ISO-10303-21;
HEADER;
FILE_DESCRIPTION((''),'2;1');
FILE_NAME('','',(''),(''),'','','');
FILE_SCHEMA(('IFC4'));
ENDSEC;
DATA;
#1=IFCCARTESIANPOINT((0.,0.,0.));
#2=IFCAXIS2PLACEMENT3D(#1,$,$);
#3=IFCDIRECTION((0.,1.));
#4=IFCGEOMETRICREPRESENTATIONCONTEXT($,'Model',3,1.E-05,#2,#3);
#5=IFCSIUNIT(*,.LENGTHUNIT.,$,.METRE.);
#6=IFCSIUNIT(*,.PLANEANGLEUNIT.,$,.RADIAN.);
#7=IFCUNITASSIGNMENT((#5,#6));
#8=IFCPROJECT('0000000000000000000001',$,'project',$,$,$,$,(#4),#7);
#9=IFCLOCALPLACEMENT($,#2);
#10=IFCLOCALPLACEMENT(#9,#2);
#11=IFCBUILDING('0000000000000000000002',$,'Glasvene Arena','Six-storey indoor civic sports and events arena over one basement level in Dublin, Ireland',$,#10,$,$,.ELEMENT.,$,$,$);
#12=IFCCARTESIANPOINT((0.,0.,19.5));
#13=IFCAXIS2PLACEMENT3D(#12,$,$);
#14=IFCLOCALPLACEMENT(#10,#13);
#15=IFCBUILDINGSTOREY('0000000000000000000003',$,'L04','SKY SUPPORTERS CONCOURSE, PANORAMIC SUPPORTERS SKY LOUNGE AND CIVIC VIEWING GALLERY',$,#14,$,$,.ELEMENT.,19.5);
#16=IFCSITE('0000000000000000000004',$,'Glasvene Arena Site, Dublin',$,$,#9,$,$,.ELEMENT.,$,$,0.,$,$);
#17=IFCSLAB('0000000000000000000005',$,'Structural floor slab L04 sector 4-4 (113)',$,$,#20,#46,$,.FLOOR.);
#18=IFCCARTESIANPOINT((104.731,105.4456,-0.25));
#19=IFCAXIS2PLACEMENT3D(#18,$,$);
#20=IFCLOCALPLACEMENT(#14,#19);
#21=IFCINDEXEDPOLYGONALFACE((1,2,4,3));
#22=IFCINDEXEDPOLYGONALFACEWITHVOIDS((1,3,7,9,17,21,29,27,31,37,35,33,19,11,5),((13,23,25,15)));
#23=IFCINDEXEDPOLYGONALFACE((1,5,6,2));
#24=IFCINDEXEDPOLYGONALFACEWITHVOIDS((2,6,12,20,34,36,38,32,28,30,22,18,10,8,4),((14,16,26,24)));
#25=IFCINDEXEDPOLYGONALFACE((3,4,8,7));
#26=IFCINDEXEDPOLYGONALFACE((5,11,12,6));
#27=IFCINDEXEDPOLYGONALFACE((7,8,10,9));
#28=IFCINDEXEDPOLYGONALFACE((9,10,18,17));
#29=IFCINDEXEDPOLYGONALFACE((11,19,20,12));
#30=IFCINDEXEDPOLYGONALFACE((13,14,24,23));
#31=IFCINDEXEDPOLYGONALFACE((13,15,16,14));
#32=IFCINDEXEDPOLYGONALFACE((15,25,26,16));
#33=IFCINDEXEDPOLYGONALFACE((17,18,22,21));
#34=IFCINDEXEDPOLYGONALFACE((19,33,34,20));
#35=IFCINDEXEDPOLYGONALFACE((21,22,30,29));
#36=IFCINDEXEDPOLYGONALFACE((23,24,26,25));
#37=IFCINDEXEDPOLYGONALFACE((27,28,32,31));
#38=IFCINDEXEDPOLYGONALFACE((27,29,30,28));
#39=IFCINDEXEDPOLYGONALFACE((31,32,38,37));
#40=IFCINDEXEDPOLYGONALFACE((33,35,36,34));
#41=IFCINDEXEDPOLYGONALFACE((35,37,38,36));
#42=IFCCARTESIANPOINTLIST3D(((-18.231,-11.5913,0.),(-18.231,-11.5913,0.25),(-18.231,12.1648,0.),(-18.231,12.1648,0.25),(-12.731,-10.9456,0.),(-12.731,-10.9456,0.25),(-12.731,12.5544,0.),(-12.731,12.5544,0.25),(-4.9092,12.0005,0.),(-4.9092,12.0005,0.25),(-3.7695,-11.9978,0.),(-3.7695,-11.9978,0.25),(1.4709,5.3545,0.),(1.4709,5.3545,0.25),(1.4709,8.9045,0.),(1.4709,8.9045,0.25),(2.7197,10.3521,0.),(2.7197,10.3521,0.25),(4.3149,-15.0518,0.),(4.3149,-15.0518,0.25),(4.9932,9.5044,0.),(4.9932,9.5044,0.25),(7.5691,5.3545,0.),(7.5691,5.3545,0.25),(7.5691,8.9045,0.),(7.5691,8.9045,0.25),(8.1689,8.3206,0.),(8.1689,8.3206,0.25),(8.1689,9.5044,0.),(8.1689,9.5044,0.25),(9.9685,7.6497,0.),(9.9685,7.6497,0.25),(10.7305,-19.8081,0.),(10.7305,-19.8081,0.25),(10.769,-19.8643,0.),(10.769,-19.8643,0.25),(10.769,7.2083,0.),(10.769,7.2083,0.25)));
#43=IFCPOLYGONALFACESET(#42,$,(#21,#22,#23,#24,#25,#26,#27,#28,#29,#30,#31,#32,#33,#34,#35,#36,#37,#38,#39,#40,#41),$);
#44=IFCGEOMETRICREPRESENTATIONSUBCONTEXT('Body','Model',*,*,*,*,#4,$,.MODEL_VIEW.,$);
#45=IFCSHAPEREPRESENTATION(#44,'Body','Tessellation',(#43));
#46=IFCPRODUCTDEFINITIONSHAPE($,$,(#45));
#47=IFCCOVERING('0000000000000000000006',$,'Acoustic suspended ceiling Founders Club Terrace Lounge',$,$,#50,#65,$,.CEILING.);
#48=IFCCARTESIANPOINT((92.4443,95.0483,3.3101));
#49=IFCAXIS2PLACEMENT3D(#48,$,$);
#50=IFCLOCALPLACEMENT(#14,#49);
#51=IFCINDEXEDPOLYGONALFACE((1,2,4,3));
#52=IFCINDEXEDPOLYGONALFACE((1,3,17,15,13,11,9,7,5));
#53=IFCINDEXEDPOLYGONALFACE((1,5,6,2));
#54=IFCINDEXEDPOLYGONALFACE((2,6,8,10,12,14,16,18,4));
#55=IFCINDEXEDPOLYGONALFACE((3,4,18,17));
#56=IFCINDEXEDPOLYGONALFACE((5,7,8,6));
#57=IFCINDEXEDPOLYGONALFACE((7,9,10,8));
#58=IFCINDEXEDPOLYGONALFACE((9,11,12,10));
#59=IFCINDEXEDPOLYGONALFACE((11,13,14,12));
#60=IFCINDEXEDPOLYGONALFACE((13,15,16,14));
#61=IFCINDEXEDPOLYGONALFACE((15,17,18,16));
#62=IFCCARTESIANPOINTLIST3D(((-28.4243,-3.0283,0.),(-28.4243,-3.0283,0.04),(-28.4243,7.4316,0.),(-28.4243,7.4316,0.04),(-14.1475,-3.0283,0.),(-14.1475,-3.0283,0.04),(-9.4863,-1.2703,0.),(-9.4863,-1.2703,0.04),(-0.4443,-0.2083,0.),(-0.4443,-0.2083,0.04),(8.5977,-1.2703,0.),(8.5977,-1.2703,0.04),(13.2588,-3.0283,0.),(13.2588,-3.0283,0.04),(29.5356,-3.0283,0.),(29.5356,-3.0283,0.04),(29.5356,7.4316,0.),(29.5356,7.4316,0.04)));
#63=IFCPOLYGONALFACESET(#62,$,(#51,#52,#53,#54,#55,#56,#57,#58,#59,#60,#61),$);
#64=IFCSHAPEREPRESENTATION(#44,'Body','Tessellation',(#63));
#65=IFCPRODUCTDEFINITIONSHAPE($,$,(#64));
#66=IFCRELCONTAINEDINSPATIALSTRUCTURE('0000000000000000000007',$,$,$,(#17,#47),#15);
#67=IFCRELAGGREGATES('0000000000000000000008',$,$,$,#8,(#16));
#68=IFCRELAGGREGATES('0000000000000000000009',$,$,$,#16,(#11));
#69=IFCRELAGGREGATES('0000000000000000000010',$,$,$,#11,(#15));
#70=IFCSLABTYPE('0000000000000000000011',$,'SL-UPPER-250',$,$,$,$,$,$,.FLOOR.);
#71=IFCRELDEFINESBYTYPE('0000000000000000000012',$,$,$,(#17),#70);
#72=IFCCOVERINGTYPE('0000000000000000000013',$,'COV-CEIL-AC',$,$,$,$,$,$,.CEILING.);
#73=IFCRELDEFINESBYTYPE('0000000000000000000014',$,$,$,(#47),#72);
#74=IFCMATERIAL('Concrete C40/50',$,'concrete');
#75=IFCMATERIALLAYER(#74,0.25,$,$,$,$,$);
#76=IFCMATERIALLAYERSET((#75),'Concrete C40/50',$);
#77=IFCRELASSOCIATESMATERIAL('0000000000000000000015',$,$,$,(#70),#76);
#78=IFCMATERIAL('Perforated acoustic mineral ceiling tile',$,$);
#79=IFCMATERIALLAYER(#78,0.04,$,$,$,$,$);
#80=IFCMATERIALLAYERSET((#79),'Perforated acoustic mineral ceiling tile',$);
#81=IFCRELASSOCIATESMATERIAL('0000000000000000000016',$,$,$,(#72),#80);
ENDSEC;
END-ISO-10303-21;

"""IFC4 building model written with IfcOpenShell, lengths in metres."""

from ifc_helpers import new_model, si_unit, direction, frame, origin, place, context, subcontext, project, spatial, polyline, outline, extrude, material, layer, layer_set, type_object, element, save


model = new_model("IFC4")

# Units and contexts
model_context = context("Model", 3, precision=1e-05, world=origin(), true_north=direction((0.0, 1.0)))
body_context = subcontext(model_context, "Body", "Model", "MODEL_VIEW")
ifc_project = project(units=[si_unit("LENGTHUNIT", "METRE"), si_unit("PLANEANGLEUNIT", "RADIAN")], contexts=[model_context])

# Site, building, storey
site_placement = place(None, origin())
site = spatial("IfcSite", under=ifc_project, at=site_placement, Name="Glasvene Arena Site, Dublin", CompositionType="ELEMENT", RefElevation=0.0)
building_placement = place(site_placement, origin())
building = spatial("IfcBuilding", under=site, at=building_placement, Name="Glasvene Arena", Description="Six-storey indoor civic sports and events arena over one basement level in Dublin, Ireland", CompositionType="ELEMENT")
storey_placement = place(building_placement, frame((0.0, 0.0, 19.5)))
storey = spatial("IfcBuildingStorey", under=building, at=storey_placement, Name="L04", Description="SKY SUPPORTERS CONCOURSE, PANORAMIC SUPPORTERS SKY LOUNGE AND CIVIC VIEWING GALLERY", CompositionType="ELEMENT", Elevation=19.5)

# Slab
ifc_material_1 = material(Name="Concrete C40/50", Category="concrete")
ifc_layer_1 = layer(ifc_material_1, 0.25)
ifc_layer_set_1 = layer_set([ifc_layer_1], Name="Concrete C40/50")
slab_type = type_object("IfcSlabType", Name="SL-UPPER-250", PredefinedType="FLOOR", material=ifc_layer_set_1)
slab_placement = place(storey_placement, frame((104.731, 105.4456, -0.25)))
element("IfcSlab", 1, at=slab_placement, inside=storey, type_object=slab_type, Name="Structural floor slab L04 sector 4-4 (113)", PredefinedType="FLOOR", context=body_context, shape_type="SweptSolid", body=[
    extrude(outline(polyline([(4.3149, -15.0518), (-3.7695, -11.9978), (-12.731, -10.9456), (-18.231, -11.5913), (-18.231, 12.1648), (-12.731, 12.5544), (-4.9092, 12.0005), (2.7197, 10.3521), (4.9932, 9.5044), (8.1689, 9.5044), (8.1689, 8.3206), (9.9685, 7.6497), (10.769, 7.2083), (10.769, -19.8643), (10.7305, -19.8081), (4.3149, -15.0518)]), holes=[polyline([(7.5691, 5.3545), (7.5691, 8.9045), (1.4709, 8.9045), (1.4709, 5.3545), (7.5691, 5.3545)])]), origin(), (0.0, 0.0, 1.0), 0.25),
])

# Covering
ifc_material_2 = material(Name="Perforated acoustic mineral ceiling tile")
ifc_layer_2 = layer(ifc_material_2, 0.04)
ifc_layer_set_2 = layer_set([ifc_layer_2], Name="Perforated acoustic mineral ceiling tile")
covering_type = type_object("IfcCoveringType", Name="COV-CEIL-AC", PredefinedType="CEILING", material=ifc_layer_set_2)
covering_placement = place(storey_placement, frame((92.4443, 95.0483, 3.3101)))
element("IfcCovering", 2, at=covering_placement, inside=storey, type_object=covering_type, Name="Acoustic suspended ceiling Founders Club Terrace Lounge", PredefinedType="CEILING", context=body_context, shape_type="SweptSolid", body=[
    extrude(outline(polyline([(8.5977, -1.2703), (-0.4443, -0.2083), (-9.4863, -1.2703), (-14.1475, -3.0283), (-28.4243, -3.0283), (-28.4243, 7.4316), (29.5356, 7.4316), (29.5356, -3.0283), (13.2588, -3.0283), (8.5977, -1.2703)])), origin(), (0.0, 0.0, 1.0), 0.04),
])

save(model, "model.ifc")
